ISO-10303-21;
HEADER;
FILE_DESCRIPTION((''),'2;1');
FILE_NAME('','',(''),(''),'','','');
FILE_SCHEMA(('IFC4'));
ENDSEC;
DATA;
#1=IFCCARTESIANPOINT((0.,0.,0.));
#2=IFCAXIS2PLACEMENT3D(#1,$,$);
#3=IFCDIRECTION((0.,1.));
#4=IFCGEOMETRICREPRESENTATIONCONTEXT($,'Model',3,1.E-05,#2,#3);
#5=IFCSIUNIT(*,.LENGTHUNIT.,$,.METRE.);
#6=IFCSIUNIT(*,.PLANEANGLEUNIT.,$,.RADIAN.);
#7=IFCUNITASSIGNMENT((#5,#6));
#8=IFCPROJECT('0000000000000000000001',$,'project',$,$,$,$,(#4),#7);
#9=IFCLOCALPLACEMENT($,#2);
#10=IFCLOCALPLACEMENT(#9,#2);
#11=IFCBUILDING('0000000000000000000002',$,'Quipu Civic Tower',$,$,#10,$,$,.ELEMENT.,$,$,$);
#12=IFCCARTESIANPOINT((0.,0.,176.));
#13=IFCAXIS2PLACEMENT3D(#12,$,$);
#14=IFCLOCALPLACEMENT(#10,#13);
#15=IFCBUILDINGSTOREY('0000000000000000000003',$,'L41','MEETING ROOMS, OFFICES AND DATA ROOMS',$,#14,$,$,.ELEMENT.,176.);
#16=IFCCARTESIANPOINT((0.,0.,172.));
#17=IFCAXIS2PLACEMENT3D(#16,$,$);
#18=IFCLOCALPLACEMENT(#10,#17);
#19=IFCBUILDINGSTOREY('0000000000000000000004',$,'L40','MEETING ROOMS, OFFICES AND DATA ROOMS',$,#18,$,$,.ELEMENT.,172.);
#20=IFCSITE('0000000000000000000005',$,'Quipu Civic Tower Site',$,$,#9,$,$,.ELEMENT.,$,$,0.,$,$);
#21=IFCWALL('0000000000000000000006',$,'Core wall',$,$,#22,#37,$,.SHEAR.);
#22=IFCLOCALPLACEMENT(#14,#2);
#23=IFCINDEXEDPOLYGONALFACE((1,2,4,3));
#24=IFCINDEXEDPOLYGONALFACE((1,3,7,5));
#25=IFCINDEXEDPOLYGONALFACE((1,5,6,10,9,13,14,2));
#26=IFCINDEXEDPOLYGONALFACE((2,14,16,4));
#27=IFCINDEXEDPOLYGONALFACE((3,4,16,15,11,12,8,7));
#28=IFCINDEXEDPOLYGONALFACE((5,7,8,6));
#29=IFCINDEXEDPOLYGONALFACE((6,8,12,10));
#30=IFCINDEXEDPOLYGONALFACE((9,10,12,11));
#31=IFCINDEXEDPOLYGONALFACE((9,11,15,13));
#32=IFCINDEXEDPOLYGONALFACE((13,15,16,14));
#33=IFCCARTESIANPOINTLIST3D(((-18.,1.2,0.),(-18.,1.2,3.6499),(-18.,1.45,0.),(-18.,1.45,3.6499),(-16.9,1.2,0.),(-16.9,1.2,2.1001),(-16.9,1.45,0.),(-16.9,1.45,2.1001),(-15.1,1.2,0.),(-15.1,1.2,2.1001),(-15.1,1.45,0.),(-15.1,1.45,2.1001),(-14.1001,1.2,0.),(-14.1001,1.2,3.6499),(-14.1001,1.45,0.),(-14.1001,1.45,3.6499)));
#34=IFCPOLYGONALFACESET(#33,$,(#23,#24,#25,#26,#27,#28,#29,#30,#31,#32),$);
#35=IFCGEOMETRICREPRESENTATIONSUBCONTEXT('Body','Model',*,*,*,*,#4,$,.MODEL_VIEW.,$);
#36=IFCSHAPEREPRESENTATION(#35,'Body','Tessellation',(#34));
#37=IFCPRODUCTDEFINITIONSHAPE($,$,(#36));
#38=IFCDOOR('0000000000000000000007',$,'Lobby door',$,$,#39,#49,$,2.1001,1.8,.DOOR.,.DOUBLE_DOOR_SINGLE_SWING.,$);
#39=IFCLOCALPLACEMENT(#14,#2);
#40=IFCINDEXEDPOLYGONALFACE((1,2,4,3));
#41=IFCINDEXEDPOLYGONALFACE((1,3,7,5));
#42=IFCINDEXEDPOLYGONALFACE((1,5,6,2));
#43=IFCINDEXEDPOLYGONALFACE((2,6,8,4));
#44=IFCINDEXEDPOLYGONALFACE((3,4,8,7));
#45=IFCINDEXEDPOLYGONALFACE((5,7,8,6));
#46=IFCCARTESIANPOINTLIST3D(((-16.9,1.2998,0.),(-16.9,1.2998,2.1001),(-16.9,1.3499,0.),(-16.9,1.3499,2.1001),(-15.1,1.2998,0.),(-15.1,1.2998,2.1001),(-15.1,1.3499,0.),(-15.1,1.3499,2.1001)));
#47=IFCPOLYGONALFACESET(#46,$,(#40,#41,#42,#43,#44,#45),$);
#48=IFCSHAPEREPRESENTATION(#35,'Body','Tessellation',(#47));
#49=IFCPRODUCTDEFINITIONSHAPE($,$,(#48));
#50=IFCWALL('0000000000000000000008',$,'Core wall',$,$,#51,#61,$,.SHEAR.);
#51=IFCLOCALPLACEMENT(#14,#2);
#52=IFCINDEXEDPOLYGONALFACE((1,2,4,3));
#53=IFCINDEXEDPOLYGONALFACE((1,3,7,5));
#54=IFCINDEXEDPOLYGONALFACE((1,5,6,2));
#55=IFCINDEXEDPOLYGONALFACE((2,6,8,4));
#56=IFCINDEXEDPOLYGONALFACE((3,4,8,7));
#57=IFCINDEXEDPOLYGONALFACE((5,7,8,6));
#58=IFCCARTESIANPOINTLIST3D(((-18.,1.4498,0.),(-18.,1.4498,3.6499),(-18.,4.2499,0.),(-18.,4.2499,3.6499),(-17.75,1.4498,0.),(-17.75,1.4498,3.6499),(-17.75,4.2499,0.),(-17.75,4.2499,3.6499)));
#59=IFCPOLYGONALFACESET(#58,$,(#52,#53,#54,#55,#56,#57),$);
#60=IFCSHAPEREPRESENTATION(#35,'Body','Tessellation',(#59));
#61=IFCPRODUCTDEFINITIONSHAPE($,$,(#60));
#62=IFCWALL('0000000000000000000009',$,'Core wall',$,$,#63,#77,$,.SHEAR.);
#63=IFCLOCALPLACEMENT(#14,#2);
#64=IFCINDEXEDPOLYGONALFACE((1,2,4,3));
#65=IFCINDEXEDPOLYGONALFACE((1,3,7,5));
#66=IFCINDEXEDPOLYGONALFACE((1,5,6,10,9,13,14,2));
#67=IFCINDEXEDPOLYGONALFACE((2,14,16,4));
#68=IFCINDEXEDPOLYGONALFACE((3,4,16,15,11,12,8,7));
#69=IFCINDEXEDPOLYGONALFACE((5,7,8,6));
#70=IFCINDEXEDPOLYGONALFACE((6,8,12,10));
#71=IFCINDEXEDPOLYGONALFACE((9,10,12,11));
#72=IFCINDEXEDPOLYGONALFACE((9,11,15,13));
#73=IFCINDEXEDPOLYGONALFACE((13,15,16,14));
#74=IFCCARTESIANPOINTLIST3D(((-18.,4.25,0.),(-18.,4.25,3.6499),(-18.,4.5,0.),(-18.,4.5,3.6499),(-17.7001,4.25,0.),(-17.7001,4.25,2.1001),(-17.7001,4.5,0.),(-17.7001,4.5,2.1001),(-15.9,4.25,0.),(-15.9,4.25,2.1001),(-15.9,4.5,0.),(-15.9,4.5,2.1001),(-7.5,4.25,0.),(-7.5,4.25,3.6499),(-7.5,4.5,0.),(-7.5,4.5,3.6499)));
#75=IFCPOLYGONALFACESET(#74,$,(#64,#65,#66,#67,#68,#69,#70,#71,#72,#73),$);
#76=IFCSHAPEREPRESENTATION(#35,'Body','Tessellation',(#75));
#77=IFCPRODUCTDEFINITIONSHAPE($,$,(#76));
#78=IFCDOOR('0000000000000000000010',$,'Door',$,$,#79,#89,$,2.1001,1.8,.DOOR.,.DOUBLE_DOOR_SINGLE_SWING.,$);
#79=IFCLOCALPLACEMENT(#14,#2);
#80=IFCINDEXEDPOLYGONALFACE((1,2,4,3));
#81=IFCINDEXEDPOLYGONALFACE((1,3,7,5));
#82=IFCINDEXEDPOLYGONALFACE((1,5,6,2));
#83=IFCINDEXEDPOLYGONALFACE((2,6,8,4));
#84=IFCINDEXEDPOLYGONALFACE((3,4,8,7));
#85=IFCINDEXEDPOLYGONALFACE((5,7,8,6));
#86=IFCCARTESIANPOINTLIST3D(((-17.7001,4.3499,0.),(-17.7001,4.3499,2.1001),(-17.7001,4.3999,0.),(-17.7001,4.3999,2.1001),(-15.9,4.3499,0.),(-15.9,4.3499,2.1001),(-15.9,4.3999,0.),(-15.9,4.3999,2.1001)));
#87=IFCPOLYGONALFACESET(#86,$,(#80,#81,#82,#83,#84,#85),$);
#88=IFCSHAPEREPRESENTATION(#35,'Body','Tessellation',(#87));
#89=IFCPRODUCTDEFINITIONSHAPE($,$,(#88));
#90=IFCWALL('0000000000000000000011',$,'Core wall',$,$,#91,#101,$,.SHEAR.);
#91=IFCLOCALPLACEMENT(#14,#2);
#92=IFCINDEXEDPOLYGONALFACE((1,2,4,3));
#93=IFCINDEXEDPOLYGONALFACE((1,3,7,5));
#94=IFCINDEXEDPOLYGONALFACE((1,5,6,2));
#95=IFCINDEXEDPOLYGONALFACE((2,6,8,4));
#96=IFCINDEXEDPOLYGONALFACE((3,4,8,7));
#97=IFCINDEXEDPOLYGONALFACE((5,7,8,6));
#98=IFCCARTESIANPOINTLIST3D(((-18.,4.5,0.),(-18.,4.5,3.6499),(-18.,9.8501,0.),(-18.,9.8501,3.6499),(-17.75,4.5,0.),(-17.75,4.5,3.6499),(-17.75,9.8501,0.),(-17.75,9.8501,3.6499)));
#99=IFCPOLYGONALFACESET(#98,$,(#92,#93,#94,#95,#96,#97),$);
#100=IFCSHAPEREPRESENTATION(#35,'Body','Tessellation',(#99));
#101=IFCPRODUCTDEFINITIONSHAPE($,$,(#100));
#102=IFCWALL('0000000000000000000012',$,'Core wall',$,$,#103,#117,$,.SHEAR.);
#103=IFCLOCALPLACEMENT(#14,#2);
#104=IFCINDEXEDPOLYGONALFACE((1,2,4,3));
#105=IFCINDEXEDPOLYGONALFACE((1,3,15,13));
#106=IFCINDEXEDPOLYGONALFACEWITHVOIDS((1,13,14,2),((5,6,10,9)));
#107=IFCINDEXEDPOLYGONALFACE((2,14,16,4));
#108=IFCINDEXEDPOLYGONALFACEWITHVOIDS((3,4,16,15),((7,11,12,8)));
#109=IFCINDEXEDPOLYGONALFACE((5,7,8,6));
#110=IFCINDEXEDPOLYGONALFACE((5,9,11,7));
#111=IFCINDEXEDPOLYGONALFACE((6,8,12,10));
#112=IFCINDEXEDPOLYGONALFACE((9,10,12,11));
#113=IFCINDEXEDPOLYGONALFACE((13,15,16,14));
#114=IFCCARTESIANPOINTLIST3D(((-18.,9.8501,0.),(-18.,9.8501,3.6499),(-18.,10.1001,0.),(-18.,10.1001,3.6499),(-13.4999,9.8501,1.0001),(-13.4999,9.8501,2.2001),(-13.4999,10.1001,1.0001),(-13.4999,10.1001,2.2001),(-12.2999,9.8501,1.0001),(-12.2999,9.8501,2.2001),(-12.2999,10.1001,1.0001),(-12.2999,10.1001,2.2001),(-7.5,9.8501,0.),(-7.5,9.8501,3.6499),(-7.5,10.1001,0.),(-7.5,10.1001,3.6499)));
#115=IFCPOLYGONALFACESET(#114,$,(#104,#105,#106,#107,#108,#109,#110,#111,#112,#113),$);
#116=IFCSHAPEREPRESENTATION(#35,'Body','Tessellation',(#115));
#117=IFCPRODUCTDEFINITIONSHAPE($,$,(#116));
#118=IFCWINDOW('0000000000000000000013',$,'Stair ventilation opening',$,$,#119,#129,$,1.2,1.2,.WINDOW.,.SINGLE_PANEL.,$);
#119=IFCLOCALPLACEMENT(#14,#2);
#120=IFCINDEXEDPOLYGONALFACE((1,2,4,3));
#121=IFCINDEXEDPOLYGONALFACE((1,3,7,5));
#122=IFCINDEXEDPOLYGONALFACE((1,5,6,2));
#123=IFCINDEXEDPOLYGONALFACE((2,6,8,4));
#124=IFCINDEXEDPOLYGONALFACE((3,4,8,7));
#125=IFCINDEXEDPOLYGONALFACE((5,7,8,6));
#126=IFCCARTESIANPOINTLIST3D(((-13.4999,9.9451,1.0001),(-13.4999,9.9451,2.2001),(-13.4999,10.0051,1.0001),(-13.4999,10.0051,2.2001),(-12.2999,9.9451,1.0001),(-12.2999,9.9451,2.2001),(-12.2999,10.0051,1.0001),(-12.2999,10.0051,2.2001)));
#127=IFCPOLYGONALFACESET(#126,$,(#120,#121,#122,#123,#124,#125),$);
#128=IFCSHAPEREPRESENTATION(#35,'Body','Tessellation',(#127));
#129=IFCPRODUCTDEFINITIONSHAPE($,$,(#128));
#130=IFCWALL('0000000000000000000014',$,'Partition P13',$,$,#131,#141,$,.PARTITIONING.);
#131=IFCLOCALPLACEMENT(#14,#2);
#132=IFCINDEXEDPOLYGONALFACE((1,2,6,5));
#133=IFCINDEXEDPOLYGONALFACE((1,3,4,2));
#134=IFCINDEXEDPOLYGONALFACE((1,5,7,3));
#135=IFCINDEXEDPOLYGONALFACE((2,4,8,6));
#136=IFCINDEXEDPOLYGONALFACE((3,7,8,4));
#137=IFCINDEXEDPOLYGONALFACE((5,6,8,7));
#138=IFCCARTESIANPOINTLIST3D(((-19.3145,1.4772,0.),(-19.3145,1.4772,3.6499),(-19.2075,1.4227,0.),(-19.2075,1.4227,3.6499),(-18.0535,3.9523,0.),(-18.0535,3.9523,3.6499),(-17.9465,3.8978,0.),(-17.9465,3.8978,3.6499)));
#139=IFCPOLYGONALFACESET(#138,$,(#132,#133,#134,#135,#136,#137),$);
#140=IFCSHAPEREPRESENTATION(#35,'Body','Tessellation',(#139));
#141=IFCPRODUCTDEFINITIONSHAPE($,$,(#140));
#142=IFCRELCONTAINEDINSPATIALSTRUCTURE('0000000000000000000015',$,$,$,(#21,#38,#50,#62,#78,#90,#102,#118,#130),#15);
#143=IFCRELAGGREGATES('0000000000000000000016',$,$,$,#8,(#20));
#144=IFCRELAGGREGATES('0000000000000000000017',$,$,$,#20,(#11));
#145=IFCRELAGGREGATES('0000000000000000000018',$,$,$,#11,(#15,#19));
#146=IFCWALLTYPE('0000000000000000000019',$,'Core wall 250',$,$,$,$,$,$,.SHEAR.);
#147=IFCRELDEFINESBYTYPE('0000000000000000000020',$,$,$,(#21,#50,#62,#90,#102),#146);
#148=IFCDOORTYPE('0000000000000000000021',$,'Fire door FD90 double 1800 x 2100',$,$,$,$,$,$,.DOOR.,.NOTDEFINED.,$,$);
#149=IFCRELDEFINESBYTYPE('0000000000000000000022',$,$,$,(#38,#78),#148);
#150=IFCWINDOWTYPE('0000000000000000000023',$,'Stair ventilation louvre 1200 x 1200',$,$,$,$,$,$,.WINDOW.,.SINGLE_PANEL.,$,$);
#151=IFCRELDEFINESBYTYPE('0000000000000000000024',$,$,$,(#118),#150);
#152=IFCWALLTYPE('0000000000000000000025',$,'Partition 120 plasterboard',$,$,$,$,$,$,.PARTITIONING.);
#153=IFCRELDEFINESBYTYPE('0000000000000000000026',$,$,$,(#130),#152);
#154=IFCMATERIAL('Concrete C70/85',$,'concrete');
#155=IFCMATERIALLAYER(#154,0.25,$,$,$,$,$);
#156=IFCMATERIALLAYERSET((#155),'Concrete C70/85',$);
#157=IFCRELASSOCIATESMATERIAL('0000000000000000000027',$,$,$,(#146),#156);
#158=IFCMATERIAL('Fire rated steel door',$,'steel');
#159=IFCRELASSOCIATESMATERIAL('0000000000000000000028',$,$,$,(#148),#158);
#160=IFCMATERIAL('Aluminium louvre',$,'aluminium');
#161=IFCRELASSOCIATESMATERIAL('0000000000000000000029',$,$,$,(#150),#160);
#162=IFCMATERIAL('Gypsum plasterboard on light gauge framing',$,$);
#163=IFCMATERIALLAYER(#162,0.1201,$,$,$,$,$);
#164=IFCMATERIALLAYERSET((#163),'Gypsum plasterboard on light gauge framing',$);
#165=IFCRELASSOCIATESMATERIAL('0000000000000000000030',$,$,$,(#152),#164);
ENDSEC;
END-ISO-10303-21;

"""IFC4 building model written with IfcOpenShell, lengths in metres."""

from ifc_helpers import new_model, si_unit, direction, frame, frame_2d, origin, place, context, subcontext, project, spatial, rectangle, extrude, material, layer, layer_set, type_object, element, fill, save


model = new_model("IFC4")

# Units and contexts
model_context = context("Model", 3, precision=1e-05, world=origin(), true_north=direction((0.0, 1.0)))
body_context = subcontext(model_context, "Body", "Model", "MODEL_VIEW")
ifc_project = project(units=[si_unit("LENGTHUNIT", "METRE"), si_unit("PLANEANGLEUNIT", "RADIAN")], contexts=[model_context])

# Site, building, storey
site_placement = place(None, origin())
site = spatial("IfcSite", under=ifc_project, at=site_placement, Name="Quipu Civic Tower Site", CompositionType="ELEMENT", RefElevation=0.0)
building_placement = place(site_placement, origin())
building = spatial("IfcBuilding", under=site, at=building_placement, Name="Quipu Civic Tower", CompositionType="ELEMENT")
storey_1_placement = place(building_placement, frame((0.0, 0.0, 176.0)))
storey_1 = spatial("IfcBuildingStorey", under=building, at=storey_1_placement, Name="L41", Description="MEETING ROOMS, OFFICES AND DATA ROOMS", CompositionType="ELEMENT", Elevation=176.0)

# Shared definitions
storey_2_placement = place(building_placement, frame((0.0, 0.0, 172.0)))
storey_2 = spatial("IfcBuildingStorey", under=building, at=storey_2_placement, Name="L40", Description="MEETING ROOMS, OFFICES AND DATA ROOMS", CompositionType="ELEMENT", Elevation=172.0)

# Wall, opening, door
ifc_material_1 = material(Name="Concrete C70/85", Category="concrete")
ifc_layer_1 = layer(ifc_material_1, 0.25)
ifc_layer_set_1 = layer_set([ifc_layer_1], Name="Concrete C70/85")
wall_type_1 = type_object("IfcWallType", Name="Core wall 250", PredefinedType="SHEAR", material=ifc_layer_set_1)
wall_1_placement = place(storey_1_placement, frame((-18.0, 1.325, 0.0), z_axis=(0.0, 0.0, 1.0), x_axis=(1.0, 0.0, 0.0)))
wall_1 = element("IfcWall", 1, at=wall_1_placement, inside=storey_1, type_object=wall_type_1, Name="Core wall", PredefinedType="SHEAR", context=body_context, shape_type="SweptSolid", body=[
    extrude(rectangle(XDim=3.8999, YDim=0.25, at=frame_2d((1.95, 0.0))), origin(), (0.0, 0.0, 1.0), 3.6499),
])
opening_1_placement = place(wall_1_placement, frame((1.1001, 0.0, 0.0)))
opening_1 = element("IfcOpeningElement", 2, at=opening_1_placement, cuts=wall_1, PredefinedType="OPENING", context=body_context, shape_type="SweptSolid", body=[
    extrude(rectangle(XDim=1.8, YDim=2.1001, at=frame_2d((0.8999, 1.05))), frame((0.0, 0.135, 0.0), z_axis=(0.0, -1.0, 0.0), x_axis=(1.0, 0.0, 0.0)), (0.0, 0.0, 1.0), 0.27),
])
ifc_material_2 = material(Name="Fire rated steel door", Category="steel")
door_type = type_object("IfcDoorType", Name="Fire door FD90 double 1800 x 2100", OperationType="NOTDEFINED", PredefinedType="DOOR", material=ifc_material_2)
door_1_placement = place(opening_1_placement, origin())
door_1 = element("IfcDoor", 3, at=door_1_placement, inside=storey_1, type_object=door_type, Name="Lobby door", OperationType="DOUBLE_DOOR_SINGLE_SWING", OverallHeight=2.1001, OverallWidth=1.8, PredefinedType="DOOR", context=body_context, shape_type="SweptSolid", body=[
    extrude(rectangle(XDim=1.8, YDim=2.1001, at=frame_2d((0.8999, 1.05))), frame((0.0, 0.0249, 0.0), z_axis=(0.0, -1.0, 0.0), x_axis=(1.0, 0.0, 0.0)), (0.0, 0.0, 1.0), 0.05),
])
fill(opening_1, door_1)

# Wall
wall_2_placement = place(storey_1_placement, frame((-17.875, 1.45, 0.0), z_axis=(0.0, 0.0, 1.0), x_axis=(0.0, 1.0, 0.0)))
element("IfcWall", 4, at=wall_2_placement, inside=storey_1, type_object=wall_type_1, Name="Core wall", PredefinedType="SHEAR", context=body_context, shape_type="SweptSolid", body=[
    extrude(rectangle(XDim=2.8, YDim=0.25, at=frame_2d((1.3999, 0.0))), origin(), (0.0, 0.0, 1.0), 3.6499),
])

# Wall, opening, door
wall_3_placement = place(storey_1_placement, frame((-18.0, 4.375, 0.0), z_axis=(0.0, 0.0, 1.0), x_axis=(1.0, 0.0, 0.0)))
wall_3 = element("IfcWall", 5, at=wall_3_placement, inside=storey_1, type_object=wall_type_1, Name="Core wall", PredefinedType="SHEAR", context=body_context, shape_type="SweptSolid", body=[
    extrude(rectangle(XDim=10.5, YDim=0.25, at=frame_2d((5.25, 0.0))), origin(), (0.0, 0.0, 1.0), 3.6499),
])
opening_2_placement = place(wall_3_placement, frame((0.3, 0.0, 0.0)))
opening_2 = element("IfcOpeningElement", 6, at=opening_2_placement, cuts=wall_3, PredefinedType="OPENING", context=body_context, shape_type="SweptSolid", body=[
    extrude(rectangle(XDim=1.8, YDim=2.1001, at=frame_2d((0.8999, 1.05))), frame((0.0, 0.135, 0.0), z_axis=(0.0, -1.0, 0.0), x_axis=(1.0, 0.0, 0.0)), (0.0, 0.0, 1.0), 0.27),
])
door_2_placement = place(opening_2_placement, origin())
door_2 = element("IfcDoor", 7, at=door_2_placement, inside=storey_1, type_object=door_type, Name="Door", OperationType="DOUBLE_DOOR_SINGLE_SWING", OverallHeight=2.1001, OverallWidth=1.8, PredefinedType="DOOR", context=body_context, shape_type="SweptSolid", body=[
    extrude(rectangle(XDim=1.8, YDim=2.1001, at=frame_2d((0.8999, 1.05))), frame((0.0, 0.0249, 0.0), z_axis=(0.0, -1.0, 0.0), x_axis=(1.0, 0.0, 0.0)), (0.0, 0.0, 1.0), 0.05),
])
fill(opening_2, door_2)

# Wall
wall_4_placement = place(storey_1_placement, frame((-17.875, 4.5, 0.0), z_axis=(0.0, 0.0, 1.0), x_axis=(0.0, 1.0, 0.0)))
element("IfcWall", 8, at=wall_4_placement, inside=storey_1, type_object=wall_type_1, Name="Core wall", PredefinedType="SHEAR", context=body_context, shape_type="SweptSolid", body=[
    extrude(rectangle(XDim=5.3501, YDim=0.25, at=frame_2d((2.675, 0.0))), origin(), (0.0, 0.0, 1.0), 3.6499),
])

# Wall, opening, window
wall_5_placement = place(storey_1_placement, frame((-18.0, 9.9751, 0.0), z_axis=(0.0, 0.0, 1.0), x_axis=(1.0, 0.0, 0.0)))
wall_5 = element("IfcWall", 9, at=wall_5_placement, inside=storey_1, type_object=wall_type_1, Name="Core wall", PredefinedType="SHEAR", context=body_context, shape_type="SweptSolid", body=[
    extrude(rectangle(XDim=10.5, YDim=0.25, at=frame_2d((5.25, 0.0))), origin(), (0.0, 0.0, 1.0), 3.6499),
])
opening_3_placement = place(wall_5_placement, frame((4.5, 0.0, 1.0)))
opening_3 = element("IfcOpeningElement", 10, at=opening_3_placement, cuts=wall_5, PredefinedType="OPENING", context=body_context, shape_type="SweptSolid", body=[
    extrude(rectangle(XDim=1.2, YDim=1.2, at=frame_2d((0.6001, 0.6001))), frame((0.0, 0.135, 0.0), z_axis=(0.0, -1.0, 0.0), x_axis=(1.0, 0.0, 0.0)), (0.0, 0.0, 1.0), 0.27),
])
ifc_material_3 = material(Name="Aluminium louvre", Category="aluminium")
window_type = type_object("IfcWindowType", Name="Stair ventilation louvre 1200 x 1200", PartitioningType="SINGLE_PANEL", PredefinedType="WINDOW", material=ifc_material_3)
window_placement = place(opening_3_placement, origin())
window = element("IfcWindow", 11, at=window_placement, inside=storey_1, type_object=window_type, Name="Stair ventilation opening", OverallHeight=1.2, OverallWidth=1.2, PartitioningType="SINGLE_PANEL", PredefinedType="WINDOW", context=body_context, shape_type="SweptSolid", body=[
    extrude(rectangle(XDim=1.2, YDim=1.2, at=frame_2d((0.6001, 0.6001))), frame((0.0, 0.03, 0.0), z_axis=(0.0, -1.0, 0.0), x_axis=(1.0, 0.0, 0.0)), (0.0, 0.0, 1.0), 0.0601),
])
fill(opening_3, window)

# Wall
ifc_material_4 = material(Name="Gypsum plasterboard on light gauge framing")
ifc_layer_2 = layer(ifc_material_4, 0.1201)
ifc_layer_set_2 = layer_set([ifc_layer_2], Name="Gypsum plasterboard on light gauge framing")
wall_type_2 = type_object("IfcWallType", Name="Partition 120 plasterboard", PredefinedType="PARTITIONING", material=ifc_layer_set_2)
wall_6_placement = place(storey_1_placement, frame((-19.261, 1.45, 0.0), z_axis=(0.0, 0.0, 1.0), x_axis=(0.453951, 0.891027, 0.0)))
element("IfcWall", 12, at=wall_6_placement, inside=storey_1, type_object=wall_type_2, Name="Partition P13", PredefinedType="PARTITIONING", context=body_context, shape_type="SweptSolid", body=[
    extrude(rectangle(XDim=2.7778, YDim=0.1201, at=frame_2d((1.3889, 0.0))), origin(), (0.0, 0.0, 1.0), 3.6499),
])

save(model, "model.ifc")
